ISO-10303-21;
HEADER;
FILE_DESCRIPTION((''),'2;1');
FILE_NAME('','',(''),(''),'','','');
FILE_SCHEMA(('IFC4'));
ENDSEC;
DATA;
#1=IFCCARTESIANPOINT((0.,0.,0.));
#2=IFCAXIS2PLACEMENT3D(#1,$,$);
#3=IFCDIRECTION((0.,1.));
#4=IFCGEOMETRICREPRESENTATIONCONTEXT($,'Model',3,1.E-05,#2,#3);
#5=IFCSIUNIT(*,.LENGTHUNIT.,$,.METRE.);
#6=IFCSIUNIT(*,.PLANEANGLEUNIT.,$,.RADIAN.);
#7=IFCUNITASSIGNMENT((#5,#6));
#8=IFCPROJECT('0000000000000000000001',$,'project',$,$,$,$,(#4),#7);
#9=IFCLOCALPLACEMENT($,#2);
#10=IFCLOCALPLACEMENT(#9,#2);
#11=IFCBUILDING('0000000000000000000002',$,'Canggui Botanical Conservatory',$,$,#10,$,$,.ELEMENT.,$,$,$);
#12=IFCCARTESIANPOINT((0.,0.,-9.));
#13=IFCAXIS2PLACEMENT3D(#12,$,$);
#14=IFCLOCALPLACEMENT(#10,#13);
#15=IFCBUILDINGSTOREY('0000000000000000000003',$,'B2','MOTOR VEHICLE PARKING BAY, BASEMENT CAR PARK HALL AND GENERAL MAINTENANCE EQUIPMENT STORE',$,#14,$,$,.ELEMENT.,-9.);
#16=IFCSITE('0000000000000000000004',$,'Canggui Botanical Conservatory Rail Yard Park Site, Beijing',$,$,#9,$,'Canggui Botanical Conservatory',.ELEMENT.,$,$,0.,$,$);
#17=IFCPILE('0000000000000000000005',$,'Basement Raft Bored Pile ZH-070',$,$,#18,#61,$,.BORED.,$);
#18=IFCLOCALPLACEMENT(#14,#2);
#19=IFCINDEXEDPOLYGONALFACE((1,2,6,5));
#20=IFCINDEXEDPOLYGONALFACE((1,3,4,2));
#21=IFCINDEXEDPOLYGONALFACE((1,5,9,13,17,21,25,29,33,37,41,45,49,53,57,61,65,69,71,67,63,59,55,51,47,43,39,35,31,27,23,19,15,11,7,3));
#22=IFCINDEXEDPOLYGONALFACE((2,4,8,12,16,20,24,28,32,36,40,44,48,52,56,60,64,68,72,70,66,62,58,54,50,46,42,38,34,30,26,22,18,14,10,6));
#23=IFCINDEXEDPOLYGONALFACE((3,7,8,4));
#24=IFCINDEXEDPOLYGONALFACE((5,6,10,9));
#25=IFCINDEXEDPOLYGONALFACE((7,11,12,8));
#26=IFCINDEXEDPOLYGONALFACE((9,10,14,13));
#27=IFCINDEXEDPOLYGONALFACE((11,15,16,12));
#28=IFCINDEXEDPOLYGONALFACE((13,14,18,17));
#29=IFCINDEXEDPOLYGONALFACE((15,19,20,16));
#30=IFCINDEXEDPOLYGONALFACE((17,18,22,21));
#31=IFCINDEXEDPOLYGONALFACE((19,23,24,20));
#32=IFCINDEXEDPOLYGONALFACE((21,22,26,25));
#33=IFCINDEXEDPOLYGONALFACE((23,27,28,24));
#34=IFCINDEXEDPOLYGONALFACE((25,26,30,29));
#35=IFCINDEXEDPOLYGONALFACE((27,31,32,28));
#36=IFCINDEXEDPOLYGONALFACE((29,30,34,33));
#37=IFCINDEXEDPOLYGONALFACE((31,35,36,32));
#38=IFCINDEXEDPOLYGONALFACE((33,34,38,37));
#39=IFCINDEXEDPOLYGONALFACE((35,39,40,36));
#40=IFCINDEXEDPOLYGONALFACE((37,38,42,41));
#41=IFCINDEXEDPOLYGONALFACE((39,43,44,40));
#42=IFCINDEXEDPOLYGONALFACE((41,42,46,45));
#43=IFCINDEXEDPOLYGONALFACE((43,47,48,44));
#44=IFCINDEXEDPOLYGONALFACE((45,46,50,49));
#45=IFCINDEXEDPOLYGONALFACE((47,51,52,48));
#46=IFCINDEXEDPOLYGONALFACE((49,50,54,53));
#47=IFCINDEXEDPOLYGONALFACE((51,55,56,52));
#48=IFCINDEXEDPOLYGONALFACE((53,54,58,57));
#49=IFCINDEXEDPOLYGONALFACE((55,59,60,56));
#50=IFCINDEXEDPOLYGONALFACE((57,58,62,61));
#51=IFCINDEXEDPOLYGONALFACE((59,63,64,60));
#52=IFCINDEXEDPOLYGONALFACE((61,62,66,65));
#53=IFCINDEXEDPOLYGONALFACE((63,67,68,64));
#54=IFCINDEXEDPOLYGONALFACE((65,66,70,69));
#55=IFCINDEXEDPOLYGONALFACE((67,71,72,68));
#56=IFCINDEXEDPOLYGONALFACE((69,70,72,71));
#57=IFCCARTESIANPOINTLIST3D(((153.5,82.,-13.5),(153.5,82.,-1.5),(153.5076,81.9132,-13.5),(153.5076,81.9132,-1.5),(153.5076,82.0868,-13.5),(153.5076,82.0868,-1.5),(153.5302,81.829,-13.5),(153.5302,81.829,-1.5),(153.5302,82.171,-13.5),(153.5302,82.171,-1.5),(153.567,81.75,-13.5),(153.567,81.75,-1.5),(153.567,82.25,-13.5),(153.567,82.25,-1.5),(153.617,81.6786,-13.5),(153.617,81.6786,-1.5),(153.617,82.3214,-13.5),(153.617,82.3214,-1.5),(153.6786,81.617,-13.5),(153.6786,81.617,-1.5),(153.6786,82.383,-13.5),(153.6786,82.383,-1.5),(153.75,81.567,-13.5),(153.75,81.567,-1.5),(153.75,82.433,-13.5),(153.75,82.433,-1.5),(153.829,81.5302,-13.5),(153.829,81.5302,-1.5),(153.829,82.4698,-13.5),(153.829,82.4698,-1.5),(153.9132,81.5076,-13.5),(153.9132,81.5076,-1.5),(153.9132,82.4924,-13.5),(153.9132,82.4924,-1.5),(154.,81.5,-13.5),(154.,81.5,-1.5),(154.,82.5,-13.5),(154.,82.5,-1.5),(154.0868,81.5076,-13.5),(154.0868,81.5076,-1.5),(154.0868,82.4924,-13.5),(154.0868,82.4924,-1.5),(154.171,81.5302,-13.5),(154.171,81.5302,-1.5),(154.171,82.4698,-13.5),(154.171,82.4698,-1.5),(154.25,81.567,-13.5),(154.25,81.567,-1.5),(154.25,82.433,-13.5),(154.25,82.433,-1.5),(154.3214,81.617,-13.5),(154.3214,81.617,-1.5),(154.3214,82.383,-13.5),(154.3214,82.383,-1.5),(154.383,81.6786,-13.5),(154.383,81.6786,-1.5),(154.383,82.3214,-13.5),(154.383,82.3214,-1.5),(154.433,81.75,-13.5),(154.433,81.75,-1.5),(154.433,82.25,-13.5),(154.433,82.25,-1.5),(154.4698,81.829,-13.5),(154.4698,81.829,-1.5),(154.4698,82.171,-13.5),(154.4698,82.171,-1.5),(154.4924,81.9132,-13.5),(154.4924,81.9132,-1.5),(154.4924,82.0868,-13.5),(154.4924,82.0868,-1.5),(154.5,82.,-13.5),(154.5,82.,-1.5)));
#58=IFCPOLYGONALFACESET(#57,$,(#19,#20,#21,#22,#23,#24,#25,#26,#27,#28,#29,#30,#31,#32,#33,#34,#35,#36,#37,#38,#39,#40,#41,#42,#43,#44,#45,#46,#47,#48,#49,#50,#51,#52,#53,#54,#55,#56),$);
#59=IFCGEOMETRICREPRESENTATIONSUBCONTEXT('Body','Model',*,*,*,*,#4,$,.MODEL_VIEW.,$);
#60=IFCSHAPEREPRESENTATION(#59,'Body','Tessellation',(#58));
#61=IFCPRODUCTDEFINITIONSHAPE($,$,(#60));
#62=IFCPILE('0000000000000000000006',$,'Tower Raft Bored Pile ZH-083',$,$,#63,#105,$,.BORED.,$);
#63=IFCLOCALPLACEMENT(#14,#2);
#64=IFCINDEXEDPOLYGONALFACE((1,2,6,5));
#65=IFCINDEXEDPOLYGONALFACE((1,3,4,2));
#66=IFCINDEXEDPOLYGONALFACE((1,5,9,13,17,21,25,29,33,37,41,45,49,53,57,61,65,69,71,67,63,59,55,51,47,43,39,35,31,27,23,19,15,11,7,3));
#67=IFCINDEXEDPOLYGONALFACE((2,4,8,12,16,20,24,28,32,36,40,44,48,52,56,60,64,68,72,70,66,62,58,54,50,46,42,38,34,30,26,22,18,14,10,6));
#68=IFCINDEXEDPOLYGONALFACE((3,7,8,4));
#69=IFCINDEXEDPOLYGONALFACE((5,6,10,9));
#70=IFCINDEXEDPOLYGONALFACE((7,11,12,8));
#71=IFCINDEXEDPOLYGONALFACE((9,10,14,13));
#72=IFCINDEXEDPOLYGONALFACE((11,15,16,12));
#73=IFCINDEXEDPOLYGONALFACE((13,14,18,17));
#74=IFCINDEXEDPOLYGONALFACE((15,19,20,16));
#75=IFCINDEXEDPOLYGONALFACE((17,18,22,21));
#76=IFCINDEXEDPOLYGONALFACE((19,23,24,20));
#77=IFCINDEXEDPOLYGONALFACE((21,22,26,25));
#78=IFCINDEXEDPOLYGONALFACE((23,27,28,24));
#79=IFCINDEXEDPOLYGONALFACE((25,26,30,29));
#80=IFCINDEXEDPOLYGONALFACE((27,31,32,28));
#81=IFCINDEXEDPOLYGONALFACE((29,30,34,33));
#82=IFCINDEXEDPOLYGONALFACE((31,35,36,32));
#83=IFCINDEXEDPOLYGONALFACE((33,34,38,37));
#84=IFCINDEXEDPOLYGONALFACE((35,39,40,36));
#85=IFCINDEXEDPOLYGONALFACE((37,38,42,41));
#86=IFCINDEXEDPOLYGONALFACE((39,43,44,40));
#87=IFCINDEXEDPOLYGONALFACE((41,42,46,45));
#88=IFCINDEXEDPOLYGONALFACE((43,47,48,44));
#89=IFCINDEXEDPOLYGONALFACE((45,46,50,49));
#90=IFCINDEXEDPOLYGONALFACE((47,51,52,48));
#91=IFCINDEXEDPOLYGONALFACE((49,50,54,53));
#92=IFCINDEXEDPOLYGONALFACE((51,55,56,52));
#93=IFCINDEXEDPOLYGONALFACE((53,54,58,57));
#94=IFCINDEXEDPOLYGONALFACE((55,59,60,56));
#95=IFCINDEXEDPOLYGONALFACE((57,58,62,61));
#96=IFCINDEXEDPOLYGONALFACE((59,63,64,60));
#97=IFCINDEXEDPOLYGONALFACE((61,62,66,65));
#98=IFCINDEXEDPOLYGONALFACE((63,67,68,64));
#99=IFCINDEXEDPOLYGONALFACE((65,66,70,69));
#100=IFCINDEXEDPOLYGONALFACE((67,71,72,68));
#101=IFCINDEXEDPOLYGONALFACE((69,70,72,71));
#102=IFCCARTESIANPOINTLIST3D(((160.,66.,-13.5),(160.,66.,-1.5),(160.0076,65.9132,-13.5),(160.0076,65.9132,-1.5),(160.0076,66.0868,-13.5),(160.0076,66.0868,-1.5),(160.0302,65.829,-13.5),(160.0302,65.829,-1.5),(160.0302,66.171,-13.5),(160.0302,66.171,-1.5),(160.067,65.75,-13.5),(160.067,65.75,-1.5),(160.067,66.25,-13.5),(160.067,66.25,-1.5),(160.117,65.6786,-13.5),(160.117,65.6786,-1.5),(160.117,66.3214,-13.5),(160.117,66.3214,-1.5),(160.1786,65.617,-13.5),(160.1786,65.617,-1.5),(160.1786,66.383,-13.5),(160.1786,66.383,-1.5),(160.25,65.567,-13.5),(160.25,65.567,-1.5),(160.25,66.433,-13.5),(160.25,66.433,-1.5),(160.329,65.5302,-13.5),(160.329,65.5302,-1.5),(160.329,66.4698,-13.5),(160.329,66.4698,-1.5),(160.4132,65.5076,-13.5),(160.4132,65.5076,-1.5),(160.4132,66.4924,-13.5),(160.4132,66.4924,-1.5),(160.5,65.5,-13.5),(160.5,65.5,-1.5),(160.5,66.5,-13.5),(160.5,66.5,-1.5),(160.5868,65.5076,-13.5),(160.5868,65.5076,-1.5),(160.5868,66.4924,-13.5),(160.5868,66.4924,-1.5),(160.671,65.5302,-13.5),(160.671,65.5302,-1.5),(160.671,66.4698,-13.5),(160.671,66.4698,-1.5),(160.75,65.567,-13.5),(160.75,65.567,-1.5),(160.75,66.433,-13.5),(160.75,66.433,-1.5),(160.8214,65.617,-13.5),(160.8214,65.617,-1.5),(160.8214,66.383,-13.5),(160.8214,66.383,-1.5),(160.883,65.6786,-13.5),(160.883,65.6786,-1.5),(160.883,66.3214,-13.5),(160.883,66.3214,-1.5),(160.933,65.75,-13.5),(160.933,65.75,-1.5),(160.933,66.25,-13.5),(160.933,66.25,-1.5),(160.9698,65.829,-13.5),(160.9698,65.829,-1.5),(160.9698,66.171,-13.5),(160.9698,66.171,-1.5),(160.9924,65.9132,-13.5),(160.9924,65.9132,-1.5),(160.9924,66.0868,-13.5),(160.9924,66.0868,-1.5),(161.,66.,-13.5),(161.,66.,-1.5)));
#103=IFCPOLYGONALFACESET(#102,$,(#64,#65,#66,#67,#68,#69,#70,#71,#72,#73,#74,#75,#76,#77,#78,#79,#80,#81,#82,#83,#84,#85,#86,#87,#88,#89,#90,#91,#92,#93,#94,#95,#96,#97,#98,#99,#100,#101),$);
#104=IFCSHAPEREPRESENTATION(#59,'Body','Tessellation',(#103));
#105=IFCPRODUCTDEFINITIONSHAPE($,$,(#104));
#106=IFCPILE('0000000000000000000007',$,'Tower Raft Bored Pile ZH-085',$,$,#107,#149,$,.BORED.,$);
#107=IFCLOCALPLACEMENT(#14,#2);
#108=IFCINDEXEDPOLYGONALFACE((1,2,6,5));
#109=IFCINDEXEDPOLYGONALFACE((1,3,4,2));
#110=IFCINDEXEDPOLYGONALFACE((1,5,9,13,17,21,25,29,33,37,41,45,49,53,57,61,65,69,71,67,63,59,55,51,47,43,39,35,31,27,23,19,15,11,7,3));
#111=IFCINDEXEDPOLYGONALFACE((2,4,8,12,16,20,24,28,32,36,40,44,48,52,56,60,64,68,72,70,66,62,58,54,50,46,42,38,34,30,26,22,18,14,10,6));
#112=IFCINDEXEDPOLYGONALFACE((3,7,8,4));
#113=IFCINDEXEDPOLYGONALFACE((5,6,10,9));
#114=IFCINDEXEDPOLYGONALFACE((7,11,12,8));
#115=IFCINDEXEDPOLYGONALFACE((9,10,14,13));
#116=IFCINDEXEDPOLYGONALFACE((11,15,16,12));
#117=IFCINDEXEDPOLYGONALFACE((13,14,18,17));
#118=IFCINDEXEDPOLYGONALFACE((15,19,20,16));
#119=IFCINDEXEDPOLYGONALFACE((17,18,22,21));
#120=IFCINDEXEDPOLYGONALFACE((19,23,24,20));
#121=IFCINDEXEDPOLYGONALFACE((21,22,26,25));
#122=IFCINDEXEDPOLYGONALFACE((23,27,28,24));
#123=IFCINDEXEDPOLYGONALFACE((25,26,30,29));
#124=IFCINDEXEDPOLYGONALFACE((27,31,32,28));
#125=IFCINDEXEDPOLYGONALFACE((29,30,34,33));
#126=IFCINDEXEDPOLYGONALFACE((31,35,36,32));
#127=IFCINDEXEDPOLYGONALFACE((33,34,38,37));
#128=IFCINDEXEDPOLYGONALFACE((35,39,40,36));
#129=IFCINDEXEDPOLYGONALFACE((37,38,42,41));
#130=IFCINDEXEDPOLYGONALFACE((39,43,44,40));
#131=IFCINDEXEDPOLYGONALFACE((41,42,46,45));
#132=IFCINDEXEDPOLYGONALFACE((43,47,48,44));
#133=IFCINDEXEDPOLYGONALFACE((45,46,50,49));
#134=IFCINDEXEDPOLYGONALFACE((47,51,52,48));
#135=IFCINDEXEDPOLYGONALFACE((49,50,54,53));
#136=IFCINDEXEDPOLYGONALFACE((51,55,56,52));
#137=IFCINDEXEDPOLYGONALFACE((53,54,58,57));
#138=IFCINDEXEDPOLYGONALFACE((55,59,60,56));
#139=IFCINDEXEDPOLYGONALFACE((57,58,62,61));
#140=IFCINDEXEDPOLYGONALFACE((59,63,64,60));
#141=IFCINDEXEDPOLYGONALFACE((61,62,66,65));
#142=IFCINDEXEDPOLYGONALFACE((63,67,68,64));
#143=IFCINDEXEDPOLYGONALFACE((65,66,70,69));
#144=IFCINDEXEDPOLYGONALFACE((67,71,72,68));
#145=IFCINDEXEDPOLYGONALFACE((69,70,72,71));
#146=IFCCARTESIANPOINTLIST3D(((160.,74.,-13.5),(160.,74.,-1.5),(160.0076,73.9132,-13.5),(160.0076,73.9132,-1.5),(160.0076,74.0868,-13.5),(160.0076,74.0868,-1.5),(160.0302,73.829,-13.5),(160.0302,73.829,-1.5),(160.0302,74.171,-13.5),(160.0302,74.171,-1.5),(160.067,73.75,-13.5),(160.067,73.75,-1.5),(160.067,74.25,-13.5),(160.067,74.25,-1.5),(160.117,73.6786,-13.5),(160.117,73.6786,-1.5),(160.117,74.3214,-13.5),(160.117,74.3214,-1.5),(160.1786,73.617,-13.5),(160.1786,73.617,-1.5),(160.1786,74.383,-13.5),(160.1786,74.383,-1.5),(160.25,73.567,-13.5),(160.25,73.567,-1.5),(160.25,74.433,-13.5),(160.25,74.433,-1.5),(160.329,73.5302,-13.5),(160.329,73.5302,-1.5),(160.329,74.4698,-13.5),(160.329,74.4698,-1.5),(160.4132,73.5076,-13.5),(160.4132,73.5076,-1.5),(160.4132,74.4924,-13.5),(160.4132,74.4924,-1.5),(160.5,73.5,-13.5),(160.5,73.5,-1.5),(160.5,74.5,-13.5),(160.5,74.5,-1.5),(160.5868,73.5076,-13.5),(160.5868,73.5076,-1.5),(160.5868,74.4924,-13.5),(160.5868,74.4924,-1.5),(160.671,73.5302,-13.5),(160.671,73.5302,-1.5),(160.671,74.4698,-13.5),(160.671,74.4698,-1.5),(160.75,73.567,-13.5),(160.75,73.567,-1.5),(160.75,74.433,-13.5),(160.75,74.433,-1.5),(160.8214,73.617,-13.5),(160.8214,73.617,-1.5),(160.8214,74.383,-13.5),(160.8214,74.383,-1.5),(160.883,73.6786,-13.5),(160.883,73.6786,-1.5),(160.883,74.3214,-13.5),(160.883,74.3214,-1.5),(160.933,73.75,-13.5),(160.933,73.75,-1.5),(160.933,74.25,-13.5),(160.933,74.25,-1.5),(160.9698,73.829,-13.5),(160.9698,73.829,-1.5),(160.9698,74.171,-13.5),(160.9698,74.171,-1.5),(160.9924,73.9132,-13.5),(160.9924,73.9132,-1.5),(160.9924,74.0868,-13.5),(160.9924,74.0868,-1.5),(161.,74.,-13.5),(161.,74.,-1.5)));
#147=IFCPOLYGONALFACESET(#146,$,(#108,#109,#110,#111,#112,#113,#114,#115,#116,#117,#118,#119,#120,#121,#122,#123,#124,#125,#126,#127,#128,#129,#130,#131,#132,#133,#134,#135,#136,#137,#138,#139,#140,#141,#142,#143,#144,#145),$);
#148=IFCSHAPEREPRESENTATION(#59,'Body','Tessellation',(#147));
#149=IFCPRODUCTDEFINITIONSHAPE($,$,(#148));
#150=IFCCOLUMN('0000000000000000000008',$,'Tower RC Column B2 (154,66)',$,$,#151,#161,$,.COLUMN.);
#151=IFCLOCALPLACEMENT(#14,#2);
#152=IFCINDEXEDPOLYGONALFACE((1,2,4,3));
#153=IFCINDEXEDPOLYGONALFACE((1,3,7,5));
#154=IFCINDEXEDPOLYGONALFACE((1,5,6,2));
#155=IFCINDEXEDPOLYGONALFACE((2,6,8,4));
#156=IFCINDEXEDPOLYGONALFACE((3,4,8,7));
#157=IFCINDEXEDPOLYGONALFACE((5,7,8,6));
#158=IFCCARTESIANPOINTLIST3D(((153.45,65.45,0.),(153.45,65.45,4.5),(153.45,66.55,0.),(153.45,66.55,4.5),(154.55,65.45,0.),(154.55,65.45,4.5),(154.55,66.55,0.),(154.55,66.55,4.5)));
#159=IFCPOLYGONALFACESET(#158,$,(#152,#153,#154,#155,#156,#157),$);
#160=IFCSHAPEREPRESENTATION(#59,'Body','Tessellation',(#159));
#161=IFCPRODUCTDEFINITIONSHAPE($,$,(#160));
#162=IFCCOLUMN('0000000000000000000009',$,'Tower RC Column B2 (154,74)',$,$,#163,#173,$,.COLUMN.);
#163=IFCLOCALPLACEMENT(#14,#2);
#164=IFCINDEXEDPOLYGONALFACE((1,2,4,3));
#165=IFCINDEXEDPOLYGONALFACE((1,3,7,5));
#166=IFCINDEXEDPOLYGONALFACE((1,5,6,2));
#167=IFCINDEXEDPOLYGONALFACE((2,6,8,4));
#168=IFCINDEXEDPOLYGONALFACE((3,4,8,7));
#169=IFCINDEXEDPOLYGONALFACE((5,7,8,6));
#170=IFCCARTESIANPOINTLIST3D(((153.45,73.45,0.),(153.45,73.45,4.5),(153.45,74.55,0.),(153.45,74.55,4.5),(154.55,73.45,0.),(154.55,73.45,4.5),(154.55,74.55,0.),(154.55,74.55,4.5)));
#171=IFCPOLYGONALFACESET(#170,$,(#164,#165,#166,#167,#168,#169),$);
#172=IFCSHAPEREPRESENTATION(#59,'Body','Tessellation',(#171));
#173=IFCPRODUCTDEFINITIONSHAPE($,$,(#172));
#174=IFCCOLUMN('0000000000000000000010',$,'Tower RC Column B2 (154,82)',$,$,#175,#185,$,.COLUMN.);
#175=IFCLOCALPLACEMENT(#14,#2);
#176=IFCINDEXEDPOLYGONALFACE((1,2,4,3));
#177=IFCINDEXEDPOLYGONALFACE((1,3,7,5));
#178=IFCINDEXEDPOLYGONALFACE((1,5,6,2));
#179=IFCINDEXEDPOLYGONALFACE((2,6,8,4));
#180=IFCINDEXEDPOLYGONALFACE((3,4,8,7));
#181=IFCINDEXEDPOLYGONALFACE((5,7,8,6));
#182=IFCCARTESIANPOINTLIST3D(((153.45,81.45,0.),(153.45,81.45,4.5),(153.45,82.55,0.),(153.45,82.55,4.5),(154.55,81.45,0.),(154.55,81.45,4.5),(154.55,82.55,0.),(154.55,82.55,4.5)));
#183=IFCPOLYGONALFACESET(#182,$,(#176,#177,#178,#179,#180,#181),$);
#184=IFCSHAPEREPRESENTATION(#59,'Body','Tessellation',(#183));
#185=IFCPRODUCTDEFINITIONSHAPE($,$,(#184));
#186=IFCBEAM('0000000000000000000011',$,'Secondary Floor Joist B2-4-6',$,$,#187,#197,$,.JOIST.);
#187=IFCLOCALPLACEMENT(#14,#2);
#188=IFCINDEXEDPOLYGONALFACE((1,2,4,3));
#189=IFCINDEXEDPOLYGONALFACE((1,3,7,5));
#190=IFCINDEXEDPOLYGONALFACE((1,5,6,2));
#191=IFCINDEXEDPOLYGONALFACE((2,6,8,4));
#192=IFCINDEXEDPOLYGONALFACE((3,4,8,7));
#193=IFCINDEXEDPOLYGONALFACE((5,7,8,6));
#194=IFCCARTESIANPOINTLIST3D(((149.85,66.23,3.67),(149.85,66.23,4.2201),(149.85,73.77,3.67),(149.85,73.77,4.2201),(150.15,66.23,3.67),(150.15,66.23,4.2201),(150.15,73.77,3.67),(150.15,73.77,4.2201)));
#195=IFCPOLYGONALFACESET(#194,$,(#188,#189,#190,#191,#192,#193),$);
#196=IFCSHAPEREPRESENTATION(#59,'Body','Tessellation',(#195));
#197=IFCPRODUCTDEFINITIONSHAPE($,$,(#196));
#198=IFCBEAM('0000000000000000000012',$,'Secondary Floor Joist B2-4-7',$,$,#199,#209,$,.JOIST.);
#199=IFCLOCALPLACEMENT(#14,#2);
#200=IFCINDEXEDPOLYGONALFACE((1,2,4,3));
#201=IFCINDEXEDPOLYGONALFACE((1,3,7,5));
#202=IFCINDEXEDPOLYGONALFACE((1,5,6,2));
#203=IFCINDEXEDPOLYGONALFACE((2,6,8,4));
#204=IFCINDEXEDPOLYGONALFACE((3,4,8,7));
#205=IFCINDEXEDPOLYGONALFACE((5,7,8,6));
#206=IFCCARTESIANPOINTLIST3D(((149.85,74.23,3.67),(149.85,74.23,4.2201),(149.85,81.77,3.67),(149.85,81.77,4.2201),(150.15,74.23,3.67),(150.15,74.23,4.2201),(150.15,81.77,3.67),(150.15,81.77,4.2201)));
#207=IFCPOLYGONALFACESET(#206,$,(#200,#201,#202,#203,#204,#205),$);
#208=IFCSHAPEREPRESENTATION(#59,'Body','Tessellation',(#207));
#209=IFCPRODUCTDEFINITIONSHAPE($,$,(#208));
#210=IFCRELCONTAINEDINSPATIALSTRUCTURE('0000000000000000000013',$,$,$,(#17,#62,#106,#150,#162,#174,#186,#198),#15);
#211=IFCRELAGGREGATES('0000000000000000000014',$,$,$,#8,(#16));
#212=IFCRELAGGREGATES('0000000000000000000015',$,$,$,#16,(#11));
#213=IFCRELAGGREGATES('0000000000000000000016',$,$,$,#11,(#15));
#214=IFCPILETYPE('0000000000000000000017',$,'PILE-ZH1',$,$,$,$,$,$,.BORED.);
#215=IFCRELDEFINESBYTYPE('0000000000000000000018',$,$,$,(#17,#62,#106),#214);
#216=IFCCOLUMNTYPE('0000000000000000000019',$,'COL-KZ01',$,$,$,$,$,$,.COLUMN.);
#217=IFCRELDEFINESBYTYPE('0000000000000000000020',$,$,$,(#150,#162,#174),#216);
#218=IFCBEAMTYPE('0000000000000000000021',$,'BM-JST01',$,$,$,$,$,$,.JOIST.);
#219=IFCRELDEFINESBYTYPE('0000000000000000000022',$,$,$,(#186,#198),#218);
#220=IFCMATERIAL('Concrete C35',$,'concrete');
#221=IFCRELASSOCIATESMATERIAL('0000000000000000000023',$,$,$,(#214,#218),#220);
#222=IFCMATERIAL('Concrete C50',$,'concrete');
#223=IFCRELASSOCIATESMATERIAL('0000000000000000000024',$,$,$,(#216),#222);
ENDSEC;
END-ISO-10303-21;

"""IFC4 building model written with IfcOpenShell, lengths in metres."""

from ifc_helpers import new_model, si_unit, direction, frame, origin, origin_2d, place, context, subcontext, project, spatial, rectangle, circle, extrude, material, material_profile, profile_set, type_object, element, save


model = new_model("IFC4")

# Units and contexts
model_context = context("Model", 3, precision=1e-05, world=origin(), true_north=direction((0.0, 1.0)))
body_context = subcontext(model_context, "Body", "Model", "MODEL_VIEW")
ifc_project = project(units=[si_unit("LENGTHUNIT", "METRE"), si_unit("PLANEANGLEUNIT", "RADIAN")], contexts=[model_context])

# Site, building, storey
site_placement = place(None, origin())
site = spatial("IfcSite", under=ifc_project, at=site_placement, Name="Canggui Botanical Conservatory Rail Yard Park Site, Beijing", LongName="Canggui Botanical Conservatory", CompositionType="ELEMENT", RefElevation=0.0)
building_placement = place(site_placement, origin())
building = spatial("IfcBuilding", under=site, at=building_placement, Name="Canggui Botanical Conservatory", CompositionType="ELEMENT")
storey_placement = place(building_placement, frame((0.0, 0.0, -9.0)))
storey = spatial("IfcBuildingStorey", under=building, at=storey_placement, Name="B2", Description="MOTOR VEHICLE PARKING BAY, BASEMENT CAR PARK HALL AND GENERAL MAINTENANCE EQUIPMENT STORE", CompositionType="ELEMENT", Elevation=-9.0)

# Piles
ifc_material_1 = material(Name="Concrete C35", Category="concrete")
ifc_material_profile_1 = material_profile(ifc_material_1, circle(Radius=0.5, at=origin_2d()), Name="PILE D1000")
ifc_profile_set_1 = profile_set([ifc_material_profile_1], Name="Concrete C35")
pile_type = type_object("IfcPileType", Name="PILE-ZH1", PredefinedType="BORED", material=ifc_profile_set_1)
for number, where, z_axis, x_axis, name in (
    (1, (154.0, 82.0, -1.5), (0.0, 0.0, -1.0), (1.0, 0.0, 0.0), "Basement Raft Bored Pile ZH-070"),
    (2, (160.5, 66.0, -1.5), (0.0, 0.0, -1.0), (1.0, 0.0, 0.0), "Tower Raft Bored Pile ZH-083"),
    (3, (160.5, 74.0, -1.5), (0.0, 0.0, -1.0), (1.0, 0.0, 0.0), "Tower Raft Bored Pile ZH-085"),
):
    element("IfcPile", number, at=place(storey_placement, frame(where, z_axis=z_axis, x_axis=x_axis)), inside=storey, type_object=pile_type, Name=name, PredefinedType="BORED", context=body_context, shape_type="SweptSolid", body=[
        extrude(circle(Radius=0.5, at=origin_2d()), origin(), (0.0, 0.0, 1.0), 12.0),
    ])

# Columns
ifc_material_2 = material(Name="Concrete C50", Category="concrete")
ifc_material_profile_2 = material_profile(ifc_material_2, rectangle(XDim=1.1001, YDim=1.1001, at=origin_2d()), Name="RC 1100x1100")
ifc_profile_set_2 = profile_set([ifc_material_profile_2], Name="Concrete C50")
column_type = type_object("IfcColumnType", Name="COL-KZ01", PredefinedType="COLUMN", material=ifc_profile_set_2)
for number, where, z_axis, x_axis, name in (
    (4, (154.0, 66.0, 0.0), (0.0, 0.0, 1.0), (1.0, 0.0, 0.0), "Tower RC Column B2 (154,66)"),
    (5, (154.0, 74.0, 0.0), (0.0, 0.0, 1.0), (1.0, 0.0, 0.0), "Tower RC Column B2 (154,74)"),
    (6, (154.0, 82.0, 0.0), (0.0, 0.0, 1.0), (1.0, 0.0, 0.0), "Tower RC Column B2 (154,82)"),
):
    element("IfcColumn", number, at=place(storey_placement, frame(where, z_axis=z_axis, x_axis=x_axis)), inside=storey, type_object=column_type, Name=name, PredefinedType="COLUMN", context=body_context, shape_type="SweptSolid", body=[
        extrude(rectangle(XDim=1.1001, YDim=1.1001, at=origin_2d()), origin(), (0.0, 0.0, 1.0), 4.5),
    ])

# Beams
ifc_material_profile_3 = material_profile(ifc_material_1, rectangle(XDim=0.3, YDim=0.55, at=origin_2d()), Name="RB 300x550")
ifc_profile_set_3 = profile_set([ifc_material_profile_3], Name="Concrete C35")
beam_type_1 = type_object("IfcBeamType", Name="BM-JST01", PredefinedType="JOIST", material=ifc_profile_set_3)
for number, where, z_axis, x_axis, name in (
    (7, (150.0, 66.23, 3.9451), (0.0, 1.0, 0.0), (-1.0, 0.0, 0.0), "Secondary Floor Joist B2-4-6"),
    (8, (150.0, 74.23, 3.9451), (0.0, 1.0, 0.0), (-1.0, 0.0, 0.0), "Secondary Floor Joist B2-4-7"),
):
    element("IfcBeam", number, at=place(storey_placement, frame(where, z_axis=z_axis, x_axis=x_axis)), inside=storey, type_object=beam_type_1, Name=name, PredefinedType="JOIST", context=body_context, shape_type="SweptSolid", body=[
        extrude(rectangle(XDim=0.3, YDim=0.55, at=origin_2d()), origin(), (0.0, 0.0, 1.0), 7.54),
    ])

save(model, "model.ifc")
